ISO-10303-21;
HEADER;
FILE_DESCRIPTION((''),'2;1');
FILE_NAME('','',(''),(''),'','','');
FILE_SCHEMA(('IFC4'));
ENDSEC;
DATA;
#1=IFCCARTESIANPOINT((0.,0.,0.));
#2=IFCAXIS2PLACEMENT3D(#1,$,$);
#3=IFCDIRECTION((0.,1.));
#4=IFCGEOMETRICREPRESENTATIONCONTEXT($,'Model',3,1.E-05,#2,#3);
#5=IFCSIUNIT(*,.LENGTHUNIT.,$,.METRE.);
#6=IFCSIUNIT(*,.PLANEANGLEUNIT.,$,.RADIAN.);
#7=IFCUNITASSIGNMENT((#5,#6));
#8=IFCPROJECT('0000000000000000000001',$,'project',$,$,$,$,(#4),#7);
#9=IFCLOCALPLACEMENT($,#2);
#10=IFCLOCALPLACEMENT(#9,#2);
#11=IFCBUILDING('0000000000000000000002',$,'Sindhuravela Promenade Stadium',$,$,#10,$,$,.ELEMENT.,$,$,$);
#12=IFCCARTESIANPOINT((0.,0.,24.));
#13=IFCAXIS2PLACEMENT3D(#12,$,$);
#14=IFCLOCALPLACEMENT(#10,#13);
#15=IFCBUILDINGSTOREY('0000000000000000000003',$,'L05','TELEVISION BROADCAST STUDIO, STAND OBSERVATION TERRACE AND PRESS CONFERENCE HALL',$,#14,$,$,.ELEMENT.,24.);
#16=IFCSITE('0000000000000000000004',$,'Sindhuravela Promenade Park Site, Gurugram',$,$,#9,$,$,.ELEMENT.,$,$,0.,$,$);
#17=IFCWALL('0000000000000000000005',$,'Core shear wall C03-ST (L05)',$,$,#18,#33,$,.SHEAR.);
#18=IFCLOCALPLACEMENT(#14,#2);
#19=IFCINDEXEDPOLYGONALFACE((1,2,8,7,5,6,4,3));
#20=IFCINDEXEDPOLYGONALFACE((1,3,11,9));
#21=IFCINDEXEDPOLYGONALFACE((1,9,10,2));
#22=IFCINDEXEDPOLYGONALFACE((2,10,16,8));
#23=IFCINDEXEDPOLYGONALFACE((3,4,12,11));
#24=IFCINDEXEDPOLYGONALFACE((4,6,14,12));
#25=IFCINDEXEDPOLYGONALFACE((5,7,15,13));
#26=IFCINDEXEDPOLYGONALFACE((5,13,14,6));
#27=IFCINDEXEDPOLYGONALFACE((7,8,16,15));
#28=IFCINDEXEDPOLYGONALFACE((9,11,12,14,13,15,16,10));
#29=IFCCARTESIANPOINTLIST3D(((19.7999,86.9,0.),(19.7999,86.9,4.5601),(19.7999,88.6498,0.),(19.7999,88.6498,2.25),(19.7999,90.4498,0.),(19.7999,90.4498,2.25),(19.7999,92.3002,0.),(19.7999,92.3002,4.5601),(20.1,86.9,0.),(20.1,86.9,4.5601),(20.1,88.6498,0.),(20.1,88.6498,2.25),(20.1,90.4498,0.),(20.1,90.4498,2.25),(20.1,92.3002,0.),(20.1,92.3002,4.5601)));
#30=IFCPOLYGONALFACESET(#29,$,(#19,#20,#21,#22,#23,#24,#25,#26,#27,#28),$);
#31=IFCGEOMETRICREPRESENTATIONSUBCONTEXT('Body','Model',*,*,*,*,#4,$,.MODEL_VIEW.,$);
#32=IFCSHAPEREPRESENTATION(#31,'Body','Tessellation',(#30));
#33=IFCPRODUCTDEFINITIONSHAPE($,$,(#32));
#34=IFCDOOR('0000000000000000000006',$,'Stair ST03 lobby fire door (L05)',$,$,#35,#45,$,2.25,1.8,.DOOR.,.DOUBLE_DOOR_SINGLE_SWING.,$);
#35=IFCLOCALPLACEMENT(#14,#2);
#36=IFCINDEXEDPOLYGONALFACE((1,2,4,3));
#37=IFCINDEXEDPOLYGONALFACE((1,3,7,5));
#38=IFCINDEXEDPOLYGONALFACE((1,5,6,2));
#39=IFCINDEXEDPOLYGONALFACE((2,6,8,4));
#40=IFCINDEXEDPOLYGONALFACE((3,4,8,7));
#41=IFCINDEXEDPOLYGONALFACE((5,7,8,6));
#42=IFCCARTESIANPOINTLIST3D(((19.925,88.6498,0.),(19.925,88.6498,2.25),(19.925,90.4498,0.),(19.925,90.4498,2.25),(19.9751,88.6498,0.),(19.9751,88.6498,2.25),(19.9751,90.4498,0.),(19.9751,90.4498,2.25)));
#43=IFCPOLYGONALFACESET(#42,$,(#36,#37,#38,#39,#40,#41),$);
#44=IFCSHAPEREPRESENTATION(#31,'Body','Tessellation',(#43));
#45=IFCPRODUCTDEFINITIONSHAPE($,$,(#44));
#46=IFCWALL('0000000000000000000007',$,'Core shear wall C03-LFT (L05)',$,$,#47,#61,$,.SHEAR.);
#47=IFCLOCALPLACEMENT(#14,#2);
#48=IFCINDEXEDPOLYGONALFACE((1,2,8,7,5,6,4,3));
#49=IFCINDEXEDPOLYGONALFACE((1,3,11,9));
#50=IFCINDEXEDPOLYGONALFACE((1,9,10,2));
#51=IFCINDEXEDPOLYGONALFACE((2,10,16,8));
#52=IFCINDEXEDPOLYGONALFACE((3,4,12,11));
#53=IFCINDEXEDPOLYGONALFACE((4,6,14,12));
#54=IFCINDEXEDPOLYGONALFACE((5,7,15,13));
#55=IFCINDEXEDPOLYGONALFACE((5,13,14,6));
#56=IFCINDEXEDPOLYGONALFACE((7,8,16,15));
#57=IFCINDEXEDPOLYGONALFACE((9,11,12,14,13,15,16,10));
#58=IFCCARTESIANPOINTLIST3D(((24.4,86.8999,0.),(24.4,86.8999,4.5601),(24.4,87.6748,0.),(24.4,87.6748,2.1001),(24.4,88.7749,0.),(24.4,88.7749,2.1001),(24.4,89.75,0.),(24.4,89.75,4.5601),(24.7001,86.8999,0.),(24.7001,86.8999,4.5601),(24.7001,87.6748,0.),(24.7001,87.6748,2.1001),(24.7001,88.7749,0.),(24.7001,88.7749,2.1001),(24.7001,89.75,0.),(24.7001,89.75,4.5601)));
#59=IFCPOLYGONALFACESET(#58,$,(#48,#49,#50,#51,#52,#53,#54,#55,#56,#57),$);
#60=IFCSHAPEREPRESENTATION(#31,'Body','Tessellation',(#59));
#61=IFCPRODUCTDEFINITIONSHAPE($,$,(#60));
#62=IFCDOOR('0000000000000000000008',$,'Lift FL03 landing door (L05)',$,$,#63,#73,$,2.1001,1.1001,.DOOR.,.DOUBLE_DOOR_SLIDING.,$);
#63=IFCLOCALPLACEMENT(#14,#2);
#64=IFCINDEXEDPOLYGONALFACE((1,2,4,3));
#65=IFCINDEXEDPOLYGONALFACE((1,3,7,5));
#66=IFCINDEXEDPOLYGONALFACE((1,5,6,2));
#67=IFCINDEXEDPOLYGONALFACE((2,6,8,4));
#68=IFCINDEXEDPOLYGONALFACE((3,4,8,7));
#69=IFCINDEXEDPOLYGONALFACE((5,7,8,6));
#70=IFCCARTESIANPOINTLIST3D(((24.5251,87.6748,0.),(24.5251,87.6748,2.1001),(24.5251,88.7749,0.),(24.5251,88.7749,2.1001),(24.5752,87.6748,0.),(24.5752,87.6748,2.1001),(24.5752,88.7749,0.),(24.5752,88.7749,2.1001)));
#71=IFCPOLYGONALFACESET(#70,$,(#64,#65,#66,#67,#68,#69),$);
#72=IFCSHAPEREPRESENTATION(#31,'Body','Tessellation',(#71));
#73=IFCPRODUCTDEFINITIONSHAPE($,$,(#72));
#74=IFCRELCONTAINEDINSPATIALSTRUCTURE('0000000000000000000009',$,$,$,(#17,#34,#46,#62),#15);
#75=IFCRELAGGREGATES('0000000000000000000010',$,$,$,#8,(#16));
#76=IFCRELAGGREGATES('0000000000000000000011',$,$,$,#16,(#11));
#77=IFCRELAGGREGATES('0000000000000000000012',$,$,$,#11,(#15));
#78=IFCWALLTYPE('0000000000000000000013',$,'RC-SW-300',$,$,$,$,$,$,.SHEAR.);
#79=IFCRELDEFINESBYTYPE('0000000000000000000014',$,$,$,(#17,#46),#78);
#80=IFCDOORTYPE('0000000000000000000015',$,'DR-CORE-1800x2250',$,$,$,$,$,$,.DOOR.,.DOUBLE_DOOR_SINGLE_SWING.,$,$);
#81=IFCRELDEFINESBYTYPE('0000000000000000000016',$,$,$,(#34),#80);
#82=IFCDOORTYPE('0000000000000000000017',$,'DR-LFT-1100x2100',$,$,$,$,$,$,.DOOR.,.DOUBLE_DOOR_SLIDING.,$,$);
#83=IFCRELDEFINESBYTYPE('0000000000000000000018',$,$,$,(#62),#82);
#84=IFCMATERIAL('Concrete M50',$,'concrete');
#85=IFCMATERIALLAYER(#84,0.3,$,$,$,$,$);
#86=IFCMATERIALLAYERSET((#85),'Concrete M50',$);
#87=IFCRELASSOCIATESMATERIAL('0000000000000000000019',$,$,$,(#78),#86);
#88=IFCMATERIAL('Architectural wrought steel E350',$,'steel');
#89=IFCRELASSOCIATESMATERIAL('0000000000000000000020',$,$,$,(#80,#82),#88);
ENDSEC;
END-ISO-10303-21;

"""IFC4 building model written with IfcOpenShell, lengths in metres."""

from ifc_helpers import new_model, si_unit, direction, frame, frame_2d, origin, place, context, subcontext, project, spatial, rectangle, extrude, material, layer, layer_set, type_object, element, fill, save


model = new_model("IFC4")

# Units and contexts
model_context = context("Model", 3, precision=1e-05, world=origin(), true_north=direction((0.0, 1.0)))
body_context = subcontext(model_context, "Body", "Model", "MODEL_VIEW")
ifc_project = project(units=[si_unit("LENGTHUNIT", "METRE"), si_unit("PLANEANGLEUNIT", "RADIAN")], contexts=[model_context])

# Site, building, storey
site_placement = place(None, origin())
site = spatial("IfcSite", under=ifc_project, at=site_placement, Name="Sindhuravela Promenade Park Site, Gurugram", CompositionType="ELEMENT", RefElevation=0.0)
building_placement = place(site_placement, origin())
building = spatial("IfcBuilding", under=site, at=building_placement, Name="Sindhuravela Promenade Stadium", CompositionType="ELEMENT")
storey_placement = place(building_placement, frame((0.0, 0.0, 24.0)))
storey = spatial("IfcBuildingStorey", under=building, at=storey_placement, Name="L05", Description="TELEVISION BROADCAST STUDIO, STAND OBSERVATION TERRACE AND PRESS CONFERENCE HALL", CompositionType="ELEMENT", Elevation=24.0)

# Shared definitions
ifc_material_1 = material(Name="Concrete M50", Category="concrete")
ifc_layer_1 = layer(ifc_material_1, 0.3)
ifc_layer_set_1 = layer_set([ifc_layer_1], Name="Concrete M50")
wall_type_1 = type_object("IfcWallType", Name="RC-SW-300", PredefinedType="SHEAR", material=ifc_layer_set_1)

# Walls, openings, doors
wall_1_placement = place(storey_placement, frame((19.95, 86.8999, 0.0), z_axis=(0.0, 0.0, 1.0), x_axis=(0.0, 1.0, 0.0)))
wall_1 = element("IfcWall", 1, at=wall_1_placement, inside=storey, type_object=wall_type_1, Name="Core shear wall C03-ST (L05)", PredefinedType="SHEAR", context=body_context, shape_type="SweptSolid", body=[
    extrude(rectangle(XDim=5.4001, YDim=0.3, at=frame_2d((2.7002, 0.0))), origin(), (0.0, 0.0, 1.0), 4.5601),
])
opening_1_placement = place(wall_1_placement, frame((1.75, 0.0, 0.0)))
opening_1 = element("IfcOpeningElement", 2, at=opening_1_placement, cuts=wall_1, PredefinedType="OPENING", context=body_context, shape_type="SweptSolid", body=[
    extrude(rectangle(XDim=1.8, YDim=2.25, at=frame_2d((0.8999, 1.125))), frame((0.0, 0.1599, 0.0), z_axis=(0.0, -1.0, 0.0), x_axis=(1.0, 0.0, 0.0)), (0.0, 0.0, 1.0), 0.3201),
])
ifc_material_2 = material(Name="Architectural wrought steel E350", Category="steel")
door_type_1 = type_object("IfcDoorType", Name="DR-CORE-1800x2250", OperationType="DOUBLE_DOOR_SINGLE_SWING", PredefinedType="DOOR", material=ifc_material_2)
door_1_placement = place(opening_1_placement, origin())
door_1 = element("IfcDoor", 3, at=door_1_placement, inside=storey, type_object=door_type_1, Name="Stair ST03 lobby fire door (L05)", OperationType="DOUBLE_DOOR_SINGLE_SWING", OverallHeight=2.25, OverallWidth=1.8, PredefinedType="DOOR", context=body_context, shape_type="SweptSolid", body=[
    extrude(rectangle(XDim=1.8, YDim=2.25, at=frame_2d((0.8999, 1.125))), frame((0.0, 0.0249, 0.0), z_axis=(0.0, -1.0, 0.0), x_axis=(1.0, 0.0, 0.0)), (0.0, 0.0, 1.0), 0.05),
])
fill(opening_1, door_1)
wall_2_placement = place(storey_placement, frame((24.55, 86.8999, 0.0), z_axis=(0.0, 0.0, 1.0), x_axis=(0.0, 1.0, 0.0)))
wall_2 = element("IfcWall", 4, at=wall_2_placement, inside=storey, type_object=wall_type_1, Name="Core shear wall C03-LFT (L05)", PredefinedType="SHEAR", context=body_context, shape_type="SweptSolid", body=[
    extrude(rectangle(XDim=2.8501, YDim=0.3, at=frame_2d((1.425, 0.0))), origin(), (0.0, 0.0, 1.0), 4.5601),
])
opening_2_placement = place(wall_2_placement, frame((0.7749, 0.0, 0.0)))
opening_2 = element("IfcOpeningElement", 5, at=opening_2_placement, cuts=wall_2, PredefinedType="OPENING", context=body_context, shape_type="SweptSolid", body=[
    extrude(rectangle(XDim=1.1001, YDim=2.1001, at=frame_2d((0.55, 1.05))), frame((0.0, 0.1599, 0.0), z_axis=(0.0, -1.0, 0.0), x_axis=(1.0, 0.0, 0.0)), (0.0, 0.0, 1.0), 0.3201),
])
door_type_2 = type_object("IfcDoorType", Name="DR-LFT-1100x2100", OperationType="DOUBLE_DOOR_SLIDING", PredefinedType="DOOR", material=ifc_material_2)
door_2_placement = place(opening_2_placement, origin())
door_2 = element("IfcDoor", 6, at=door_2_placement, inside=storey, type_object=door_type_2, Name="Lift FL03 landing door (L05)", OperationType="DOUBLE_DOOR_SLIDING", OverallHeight=2.1001, OverallWidth=1.1001, PredefinedType="DOOR", context=body_context, shape_type="SweptSolid", body=[
    extrude(rectangle(XDim=1.1001, YDim=2.1001, at=frame_2d((0.55, 1.05))), frame((0.0, 0.0249, 0.0), z_axis=(0.0, -1.0, 0.0), x_axis=(1.0, 0.0, 0.0)), (0.0, 0.0, 1.0), 0.05),
])
fill(opening_2, door_2)

save(model, "model.ifc")
